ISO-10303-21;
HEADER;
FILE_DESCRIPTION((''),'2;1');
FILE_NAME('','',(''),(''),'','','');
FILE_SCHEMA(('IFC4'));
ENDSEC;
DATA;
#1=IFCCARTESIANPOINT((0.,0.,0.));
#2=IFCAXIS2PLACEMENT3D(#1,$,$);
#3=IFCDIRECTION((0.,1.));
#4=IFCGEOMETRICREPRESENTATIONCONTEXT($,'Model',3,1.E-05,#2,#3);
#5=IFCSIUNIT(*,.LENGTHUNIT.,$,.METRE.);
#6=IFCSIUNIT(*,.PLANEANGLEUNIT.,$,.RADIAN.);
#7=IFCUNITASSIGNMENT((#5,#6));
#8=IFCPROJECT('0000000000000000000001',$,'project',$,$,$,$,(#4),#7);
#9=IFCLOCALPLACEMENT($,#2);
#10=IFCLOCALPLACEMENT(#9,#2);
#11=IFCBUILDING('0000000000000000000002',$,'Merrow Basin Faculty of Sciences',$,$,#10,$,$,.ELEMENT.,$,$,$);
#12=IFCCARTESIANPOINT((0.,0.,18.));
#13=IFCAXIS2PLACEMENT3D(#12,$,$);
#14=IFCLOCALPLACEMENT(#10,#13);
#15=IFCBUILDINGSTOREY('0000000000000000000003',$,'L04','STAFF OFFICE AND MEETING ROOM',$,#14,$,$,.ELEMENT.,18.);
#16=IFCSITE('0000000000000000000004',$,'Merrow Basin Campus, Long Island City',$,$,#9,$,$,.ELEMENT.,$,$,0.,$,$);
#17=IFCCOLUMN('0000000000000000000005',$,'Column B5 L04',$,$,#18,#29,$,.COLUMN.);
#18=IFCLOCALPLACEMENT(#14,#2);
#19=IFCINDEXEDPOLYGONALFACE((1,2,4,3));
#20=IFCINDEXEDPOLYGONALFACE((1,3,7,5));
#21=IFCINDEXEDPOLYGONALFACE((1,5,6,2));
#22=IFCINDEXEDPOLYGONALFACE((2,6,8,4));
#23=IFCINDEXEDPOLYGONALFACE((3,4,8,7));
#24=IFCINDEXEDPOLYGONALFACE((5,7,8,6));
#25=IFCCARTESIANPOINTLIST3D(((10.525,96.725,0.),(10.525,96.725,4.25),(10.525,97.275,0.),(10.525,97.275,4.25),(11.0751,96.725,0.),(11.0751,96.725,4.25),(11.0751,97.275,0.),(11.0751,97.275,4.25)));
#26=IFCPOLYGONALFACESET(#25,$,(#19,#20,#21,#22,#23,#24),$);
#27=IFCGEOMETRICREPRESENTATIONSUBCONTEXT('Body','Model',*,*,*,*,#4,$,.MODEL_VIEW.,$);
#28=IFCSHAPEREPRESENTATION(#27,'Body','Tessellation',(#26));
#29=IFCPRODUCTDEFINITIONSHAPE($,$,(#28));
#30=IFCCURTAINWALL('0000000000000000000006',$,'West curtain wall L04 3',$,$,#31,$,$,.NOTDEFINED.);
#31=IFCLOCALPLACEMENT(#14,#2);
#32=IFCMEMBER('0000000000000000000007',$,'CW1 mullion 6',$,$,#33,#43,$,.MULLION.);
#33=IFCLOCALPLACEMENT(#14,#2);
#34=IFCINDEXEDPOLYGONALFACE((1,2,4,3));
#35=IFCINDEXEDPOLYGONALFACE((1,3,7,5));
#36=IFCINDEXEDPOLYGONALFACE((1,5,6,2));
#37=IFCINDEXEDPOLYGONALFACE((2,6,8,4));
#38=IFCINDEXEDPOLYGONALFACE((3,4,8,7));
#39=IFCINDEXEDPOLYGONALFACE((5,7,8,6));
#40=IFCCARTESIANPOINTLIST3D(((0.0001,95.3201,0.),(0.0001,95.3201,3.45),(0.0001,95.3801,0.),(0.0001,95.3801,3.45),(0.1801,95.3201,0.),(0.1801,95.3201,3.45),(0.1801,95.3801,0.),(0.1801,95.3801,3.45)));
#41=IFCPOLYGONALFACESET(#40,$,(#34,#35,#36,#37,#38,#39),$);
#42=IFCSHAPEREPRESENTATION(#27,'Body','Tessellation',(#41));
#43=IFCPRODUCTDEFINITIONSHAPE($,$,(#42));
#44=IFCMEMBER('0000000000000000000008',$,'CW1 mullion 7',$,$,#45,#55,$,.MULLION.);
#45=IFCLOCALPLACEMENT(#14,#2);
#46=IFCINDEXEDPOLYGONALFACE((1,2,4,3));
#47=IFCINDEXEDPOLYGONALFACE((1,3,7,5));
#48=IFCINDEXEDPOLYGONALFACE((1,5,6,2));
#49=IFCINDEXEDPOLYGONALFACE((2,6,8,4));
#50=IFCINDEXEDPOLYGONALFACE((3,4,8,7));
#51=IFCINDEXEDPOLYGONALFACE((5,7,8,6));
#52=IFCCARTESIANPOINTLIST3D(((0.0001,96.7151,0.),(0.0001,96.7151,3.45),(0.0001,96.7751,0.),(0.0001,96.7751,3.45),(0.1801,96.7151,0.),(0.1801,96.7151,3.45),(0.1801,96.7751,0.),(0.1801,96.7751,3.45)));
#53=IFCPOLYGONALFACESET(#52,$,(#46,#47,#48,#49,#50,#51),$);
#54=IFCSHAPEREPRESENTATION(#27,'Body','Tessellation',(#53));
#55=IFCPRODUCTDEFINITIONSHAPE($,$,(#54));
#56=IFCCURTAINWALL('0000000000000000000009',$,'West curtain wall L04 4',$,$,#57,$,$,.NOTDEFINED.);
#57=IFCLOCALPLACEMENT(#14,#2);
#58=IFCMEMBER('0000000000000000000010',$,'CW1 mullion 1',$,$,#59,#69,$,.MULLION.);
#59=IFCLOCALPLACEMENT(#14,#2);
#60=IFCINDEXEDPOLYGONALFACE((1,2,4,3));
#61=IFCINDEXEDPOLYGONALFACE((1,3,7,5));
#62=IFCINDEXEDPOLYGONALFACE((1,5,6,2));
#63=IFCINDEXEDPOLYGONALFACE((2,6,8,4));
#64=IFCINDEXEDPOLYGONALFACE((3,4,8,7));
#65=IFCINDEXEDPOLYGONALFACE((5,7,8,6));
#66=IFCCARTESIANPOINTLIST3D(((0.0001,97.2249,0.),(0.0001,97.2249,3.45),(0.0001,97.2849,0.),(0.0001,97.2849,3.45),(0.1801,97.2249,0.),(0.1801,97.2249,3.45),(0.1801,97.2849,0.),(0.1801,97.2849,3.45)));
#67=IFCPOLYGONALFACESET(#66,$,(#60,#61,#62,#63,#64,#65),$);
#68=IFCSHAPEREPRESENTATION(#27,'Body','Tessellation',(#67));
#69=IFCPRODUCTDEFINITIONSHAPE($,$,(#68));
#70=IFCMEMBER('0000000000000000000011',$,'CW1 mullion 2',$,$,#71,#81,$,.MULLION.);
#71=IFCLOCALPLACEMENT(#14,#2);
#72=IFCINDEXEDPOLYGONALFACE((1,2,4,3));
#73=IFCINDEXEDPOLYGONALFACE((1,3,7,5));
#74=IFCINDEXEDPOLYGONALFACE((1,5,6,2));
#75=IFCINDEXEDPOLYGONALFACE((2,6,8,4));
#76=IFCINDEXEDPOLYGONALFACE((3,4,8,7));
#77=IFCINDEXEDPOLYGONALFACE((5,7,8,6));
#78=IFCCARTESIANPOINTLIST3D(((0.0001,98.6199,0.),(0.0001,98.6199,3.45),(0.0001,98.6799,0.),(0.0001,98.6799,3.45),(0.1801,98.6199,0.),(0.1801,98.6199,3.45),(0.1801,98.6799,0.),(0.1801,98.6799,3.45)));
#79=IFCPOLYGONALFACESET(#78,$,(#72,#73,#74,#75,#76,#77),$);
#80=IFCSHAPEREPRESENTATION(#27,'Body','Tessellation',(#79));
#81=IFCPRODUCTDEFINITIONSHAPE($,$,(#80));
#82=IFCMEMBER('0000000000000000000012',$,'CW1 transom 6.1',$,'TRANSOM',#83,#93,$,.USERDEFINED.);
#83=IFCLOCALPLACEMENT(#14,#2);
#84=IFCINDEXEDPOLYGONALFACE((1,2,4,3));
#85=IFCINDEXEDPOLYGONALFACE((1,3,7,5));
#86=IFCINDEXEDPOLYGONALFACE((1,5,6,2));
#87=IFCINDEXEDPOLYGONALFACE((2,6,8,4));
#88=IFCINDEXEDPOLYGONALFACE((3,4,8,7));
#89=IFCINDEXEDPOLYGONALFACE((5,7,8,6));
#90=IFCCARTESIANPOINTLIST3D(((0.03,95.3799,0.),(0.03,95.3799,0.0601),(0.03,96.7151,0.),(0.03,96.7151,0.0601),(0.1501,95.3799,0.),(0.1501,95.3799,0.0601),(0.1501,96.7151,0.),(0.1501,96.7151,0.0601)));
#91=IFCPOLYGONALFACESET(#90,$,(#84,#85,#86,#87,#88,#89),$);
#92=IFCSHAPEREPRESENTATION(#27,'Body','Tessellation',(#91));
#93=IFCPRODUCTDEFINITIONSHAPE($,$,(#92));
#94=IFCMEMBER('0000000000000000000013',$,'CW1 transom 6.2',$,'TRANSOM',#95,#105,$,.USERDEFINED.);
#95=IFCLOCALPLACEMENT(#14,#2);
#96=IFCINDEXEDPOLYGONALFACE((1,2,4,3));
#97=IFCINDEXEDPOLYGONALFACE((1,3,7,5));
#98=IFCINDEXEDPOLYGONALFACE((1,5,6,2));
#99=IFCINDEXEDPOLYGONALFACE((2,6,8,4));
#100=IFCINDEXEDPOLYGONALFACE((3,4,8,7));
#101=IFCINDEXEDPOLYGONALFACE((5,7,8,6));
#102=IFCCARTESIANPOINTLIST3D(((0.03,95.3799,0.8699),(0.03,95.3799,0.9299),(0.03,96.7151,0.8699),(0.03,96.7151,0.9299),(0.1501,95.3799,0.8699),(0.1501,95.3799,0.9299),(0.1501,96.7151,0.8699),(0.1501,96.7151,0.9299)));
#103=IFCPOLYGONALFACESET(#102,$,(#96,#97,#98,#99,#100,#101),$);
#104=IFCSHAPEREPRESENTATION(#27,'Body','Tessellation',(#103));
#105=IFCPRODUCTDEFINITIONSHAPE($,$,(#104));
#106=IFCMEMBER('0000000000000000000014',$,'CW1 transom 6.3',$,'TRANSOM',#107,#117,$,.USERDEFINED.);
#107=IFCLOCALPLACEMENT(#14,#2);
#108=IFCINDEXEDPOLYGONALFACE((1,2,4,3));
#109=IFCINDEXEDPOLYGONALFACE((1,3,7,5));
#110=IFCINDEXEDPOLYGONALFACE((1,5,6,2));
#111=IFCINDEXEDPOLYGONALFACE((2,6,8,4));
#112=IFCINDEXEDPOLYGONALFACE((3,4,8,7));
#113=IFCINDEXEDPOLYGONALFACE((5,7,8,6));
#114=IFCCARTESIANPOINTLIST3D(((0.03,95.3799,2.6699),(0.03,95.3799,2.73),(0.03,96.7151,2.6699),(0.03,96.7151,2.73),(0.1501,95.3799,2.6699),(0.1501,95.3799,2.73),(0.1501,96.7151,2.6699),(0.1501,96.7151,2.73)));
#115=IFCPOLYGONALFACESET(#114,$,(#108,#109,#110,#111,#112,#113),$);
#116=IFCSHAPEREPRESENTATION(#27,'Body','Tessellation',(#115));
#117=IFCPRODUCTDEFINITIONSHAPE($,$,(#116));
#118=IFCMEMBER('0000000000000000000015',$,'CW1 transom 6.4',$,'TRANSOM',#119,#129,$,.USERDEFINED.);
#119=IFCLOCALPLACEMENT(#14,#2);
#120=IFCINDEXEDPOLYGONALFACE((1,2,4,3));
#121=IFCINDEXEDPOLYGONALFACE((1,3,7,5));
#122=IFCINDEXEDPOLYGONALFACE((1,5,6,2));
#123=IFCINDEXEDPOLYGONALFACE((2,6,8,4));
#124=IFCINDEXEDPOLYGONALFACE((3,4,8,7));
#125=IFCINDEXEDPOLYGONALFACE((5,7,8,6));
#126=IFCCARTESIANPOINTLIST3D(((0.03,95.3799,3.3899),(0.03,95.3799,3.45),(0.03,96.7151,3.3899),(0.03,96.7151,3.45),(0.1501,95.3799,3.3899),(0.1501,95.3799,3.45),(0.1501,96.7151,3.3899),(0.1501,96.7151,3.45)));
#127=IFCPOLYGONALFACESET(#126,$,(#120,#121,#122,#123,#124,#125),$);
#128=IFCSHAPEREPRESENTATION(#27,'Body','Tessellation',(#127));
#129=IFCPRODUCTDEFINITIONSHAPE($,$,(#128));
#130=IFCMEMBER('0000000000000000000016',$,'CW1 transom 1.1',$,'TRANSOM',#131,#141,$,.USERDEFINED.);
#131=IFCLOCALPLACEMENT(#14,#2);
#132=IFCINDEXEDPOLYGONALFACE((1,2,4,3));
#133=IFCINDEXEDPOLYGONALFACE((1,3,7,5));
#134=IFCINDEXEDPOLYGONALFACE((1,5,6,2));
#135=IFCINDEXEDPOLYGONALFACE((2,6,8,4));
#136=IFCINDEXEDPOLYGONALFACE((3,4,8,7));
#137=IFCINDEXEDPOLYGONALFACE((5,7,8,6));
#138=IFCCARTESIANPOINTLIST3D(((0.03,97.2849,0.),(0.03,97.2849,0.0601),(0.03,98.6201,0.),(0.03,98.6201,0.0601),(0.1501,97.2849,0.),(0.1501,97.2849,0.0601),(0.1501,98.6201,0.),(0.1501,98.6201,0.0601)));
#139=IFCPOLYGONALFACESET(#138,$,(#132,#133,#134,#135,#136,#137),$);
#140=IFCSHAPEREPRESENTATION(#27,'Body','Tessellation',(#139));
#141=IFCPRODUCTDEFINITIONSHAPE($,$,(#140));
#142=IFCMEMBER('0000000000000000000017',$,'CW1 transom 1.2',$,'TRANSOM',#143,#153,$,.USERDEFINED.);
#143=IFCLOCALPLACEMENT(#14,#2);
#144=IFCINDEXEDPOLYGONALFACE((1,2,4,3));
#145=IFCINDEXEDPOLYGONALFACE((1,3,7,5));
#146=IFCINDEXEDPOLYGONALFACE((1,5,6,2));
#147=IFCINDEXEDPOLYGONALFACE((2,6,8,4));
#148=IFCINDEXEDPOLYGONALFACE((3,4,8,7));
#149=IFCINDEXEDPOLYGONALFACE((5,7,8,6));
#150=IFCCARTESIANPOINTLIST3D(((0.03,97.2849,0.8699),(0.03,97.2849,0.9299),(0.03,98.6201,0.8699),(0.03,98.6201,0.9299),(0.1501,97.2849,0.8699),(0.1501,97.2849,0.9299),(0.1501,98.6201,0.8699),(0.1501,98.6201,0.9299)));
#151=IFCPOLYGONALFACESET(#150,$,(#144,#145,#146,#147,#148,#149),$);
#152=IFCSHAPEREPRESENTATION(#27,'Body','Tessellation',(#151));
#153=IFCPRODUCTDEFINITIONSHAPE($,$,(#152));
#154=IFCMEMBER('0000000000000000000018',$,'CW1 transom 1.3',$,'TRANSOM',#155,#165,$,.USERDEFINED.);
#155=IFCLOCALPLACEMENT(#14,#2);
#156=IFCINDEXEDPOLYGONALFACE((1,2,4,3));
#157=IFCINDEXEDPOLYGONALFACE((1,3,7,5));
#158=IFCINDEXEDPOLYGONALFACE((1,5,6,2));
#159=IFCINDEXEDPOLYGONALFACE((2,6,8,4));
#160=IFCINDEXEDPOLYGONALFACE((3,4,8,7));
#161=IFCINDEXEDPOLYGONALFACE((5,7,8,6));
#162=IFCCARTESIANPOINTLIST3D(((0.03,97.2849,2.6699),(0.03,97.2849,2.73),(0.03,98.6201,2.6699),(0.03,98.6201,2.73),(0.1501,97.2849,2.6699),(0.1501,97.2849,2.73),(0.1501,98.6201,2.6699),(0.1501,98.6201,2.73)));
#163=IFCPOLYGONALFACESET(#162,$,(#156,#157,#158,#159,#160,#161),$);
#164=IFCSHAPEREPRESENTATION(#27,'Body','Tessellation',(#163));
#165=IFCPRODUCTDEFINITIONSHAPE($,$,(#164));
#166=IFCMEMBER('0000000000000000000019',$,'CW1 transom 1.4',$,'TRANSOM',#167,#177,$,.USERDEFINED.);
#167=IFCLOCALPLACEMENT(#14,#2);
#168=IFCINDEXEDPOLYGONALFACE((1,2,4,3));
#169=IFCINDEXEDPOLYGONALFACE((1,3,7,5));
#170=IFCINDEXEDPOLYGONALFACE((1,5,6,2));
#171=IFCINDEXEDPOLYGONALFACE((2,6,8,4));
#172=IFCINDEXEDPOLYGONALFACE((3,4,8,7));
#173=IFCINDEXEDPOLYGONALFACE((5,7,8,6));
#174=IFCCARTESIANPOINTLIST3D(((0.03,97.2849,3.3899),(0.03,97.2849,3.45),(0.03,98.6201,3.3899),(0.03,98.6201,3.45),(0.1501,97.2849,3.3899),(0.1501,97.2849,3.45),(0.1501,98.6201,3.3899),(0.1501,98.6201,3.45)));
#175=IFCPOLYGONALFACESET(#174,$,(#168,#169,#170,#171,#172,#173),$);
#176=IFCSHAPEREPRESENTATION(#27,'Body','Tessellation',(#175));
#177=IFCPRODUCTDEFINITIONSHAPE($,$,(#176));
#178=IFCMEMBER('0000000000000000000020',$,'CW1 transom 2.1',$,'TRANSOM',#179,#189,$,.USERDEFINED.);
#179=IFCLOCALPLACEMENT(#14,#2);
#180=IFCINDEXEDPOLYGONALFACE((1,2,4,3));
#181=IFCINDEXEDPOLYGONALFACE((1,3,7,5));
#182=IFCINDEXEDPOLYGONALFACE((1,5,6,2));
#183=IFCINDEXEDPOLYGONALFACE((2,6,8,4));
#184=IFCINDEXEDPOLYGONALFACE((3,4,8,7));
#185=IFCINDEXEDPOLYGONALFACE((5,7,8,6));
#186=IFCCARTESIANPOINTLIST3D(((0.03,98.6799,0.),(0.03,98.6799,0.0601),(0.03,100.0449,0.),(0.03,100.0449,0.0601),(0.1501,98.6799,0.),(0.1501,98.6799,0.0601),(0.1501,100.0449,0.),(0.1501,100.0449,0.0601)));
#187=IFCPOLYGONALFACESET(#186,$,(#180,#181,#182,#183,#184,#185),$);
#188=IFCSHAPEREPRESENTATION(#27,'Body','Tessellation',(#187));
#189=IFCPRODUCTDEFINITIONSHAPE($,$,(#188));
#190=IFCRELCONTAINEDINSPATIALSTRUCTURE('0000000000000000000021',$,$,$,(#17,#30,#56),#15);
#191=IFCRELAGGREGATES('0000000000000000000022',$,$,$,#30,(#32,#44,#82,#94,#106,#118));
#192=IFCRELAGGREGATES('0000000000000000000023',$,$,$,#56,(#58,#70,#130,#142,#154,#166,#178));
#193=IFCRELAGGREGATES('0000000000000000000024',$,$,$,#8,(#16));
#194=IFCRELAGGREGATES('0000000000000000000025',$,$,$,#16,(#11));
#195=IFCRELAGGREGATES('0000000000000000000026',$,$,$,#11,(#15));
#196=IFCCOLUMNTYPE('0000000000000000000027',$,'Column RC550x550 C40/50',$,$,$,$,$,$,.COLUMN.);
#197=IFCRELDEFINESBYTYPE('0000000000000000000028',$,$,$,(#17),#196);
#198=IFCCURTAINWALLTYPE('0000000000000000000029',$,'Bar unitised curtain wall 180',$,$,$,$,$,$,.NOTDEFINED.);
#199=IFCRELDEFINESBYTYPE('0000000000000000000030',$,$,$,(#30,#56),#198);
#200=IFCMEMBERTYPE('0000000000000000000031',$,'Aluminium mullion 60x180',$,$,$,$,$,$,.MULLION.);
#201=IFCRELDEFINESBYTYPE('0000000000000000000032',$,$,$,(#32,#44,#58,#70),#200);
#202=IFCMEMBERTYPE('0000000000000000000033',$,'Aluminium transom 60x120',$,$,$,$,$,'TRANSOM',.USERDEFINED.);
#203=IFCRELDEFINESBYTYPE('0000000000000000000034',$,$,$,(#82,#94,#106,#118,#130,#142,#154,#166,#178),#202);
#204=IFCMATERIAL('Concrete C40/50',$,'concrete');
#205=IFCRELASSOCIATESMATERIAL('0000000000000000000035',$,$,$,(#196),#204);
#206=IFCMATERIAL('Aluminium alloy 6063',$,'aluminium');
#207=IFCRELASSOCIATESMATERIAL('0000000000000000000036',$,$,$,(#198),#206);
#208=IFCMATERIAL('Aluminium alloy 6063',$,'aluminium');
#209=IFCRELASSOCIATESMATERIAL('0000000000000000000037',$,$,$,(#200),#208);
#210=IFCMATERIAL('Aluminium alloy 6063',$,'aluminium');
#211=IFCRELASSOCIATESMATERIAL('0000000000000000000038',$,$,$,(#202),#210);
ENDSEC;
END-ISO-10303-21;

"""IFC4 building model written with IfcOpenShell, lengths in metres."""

from ifc_helpers import new_model, si_unit, direction, frame, origin, origin_2d, place, context, subcontext, project, spatial, rectangle, extrude, material, material_profile, profile_set, type_object, element, aggregate, save


model = new_model("IFC4")

# Units and contexts
model_context = context("Model", 3, precision=1e-05, world=origin(), true_north=direction((0.0, 1.0)))
body_context = subcontext(model_context, "Body", "Model", "MODEL_VIEW")
ifc_project = project(units=[si_unit("LENGTHUNIT", "METRE"), si_unit("PLANEANGLEUNIT", "RADIAN")], contexts=[model_context])

# Site, building, storey
site_placement = place(None, origin())
site = spatial("IfcSite", under=ifc_project, at=site_placement, Name="Merrow Basin Campus, Long Island City", CompositionType="ELEMENT", RefElevation=0.0)
building_placement = place(site_placement, origin())
building = spatial("IfcBuilding", under=site, at=building_placement, Name="Merrow Basin Faculty of Sciences", CompositionType="ELEMENT")
storey_placement = place(building_placement, frame((0.0, 0.0, 18.0)))
storey = spatial("IfcBuildingStorey", under=building, at=storey_placement, Name="L04", Description="STAFF OFFICE AND MEETING ROOM", CompositionType="ELEMENT", Elevation=18.0)

# Column
ifc_material_1 = material(Name="Concrete C40/50", Category="concrete")
ifc_material_profile_1 = material_profile(ifc_material_1, rectangle(XDim=0.55, YDim=0.55, at=origin_2d()))
ifc_profile_set_1 = profile_set([ifc_material_profile_1], Name="Concrete C40/50")
column_type = type_object("IfcColumnType", Name="Column RC550x550 C40/50", PredefinedType="COLUMN", material=ifc_profile_set_1)
column_placement = place(storey_placement, frame((10.8, 97.0, 0.0), z_axis=(0.0, 0.0, 1.0), x_axis=(1.0, 0.0, 0.0)))
element("IfcColumn", 1, at=column_placement, inside=storey, type_object=column_type, Name="Column B5 L04", PredefinedType="COLUMN", context=body_context, shape_type="SweptSolid", body=[
    extrude(rectangle(XDim=0.55, YDim=0.55, at=origin_2d()), origin(), (0.0, 0.0, 1.0), 4.25),
])

# Curtain walls, members
ifc_material_2 = material(Name="Aluminium alloy 6063", Category="aluminium")
curtain_wall_type = type_object("IfcCurtainWallType", Name="Bar unitised curtain wall 180", PredefinedType="NOTDEFINED", material=ifc_material_2)
curtain_wall_1_placement = place(storey_placement, origin())
curtain_wall_1 = element("IfcCurtainWall", 2, at=curtain_wall_1_placement, inside=storey, type_object=curtain_wall_type, Name="West curtain wall L04 3", PredefinedType="NOTDEFINED")
ifc_material_3 = material(Name="Aluminium alloy 6063", Category="aluminium")
ifc_material_profile_2 = material_profile(ifc_material_3, rectangle(XDim=0.1799, YDim=0.0601, at=origin_2d()))
ifc_profile_set_2 = profile_set([ifc_material_profile_2], Name="Aluminium alloy 6063")
member_type_1 = type_object("IfcMemberType", Name="Aluminium mullion 60x180", PredefinedType="MULLION", material=ifc_profile_set_2)
member_1_placement = place(storey_placement, frame((0.0901, 95.3501, 0.0), z_axis=(0.0, 0.0, 1.0), x_axis=(-1.0, 0.0, 0.0)))
member_1 = element("IfcMember", 3, at=member_1_placement, type_object=member_type_1, Name="CW1 mullion 6", PredefinedType="MULLION", context=body_context, shape_type="SweptSolid", body=[
    extrude(rectangle(XDim=0.1799, YDim=0.0601, at=origin_2d()), origin(), (0.0, 0.0, 1.0), 3.45),
])
member_2_placement = place(storey_placement, frame((0.0901, 96.7451, 0.0), z_axis=(0.0, 0.0, 1.0), x_axis=(-1.0, 0.0, 0.0)))
member_2 = element("IfcMember", 4, at=member_2_placement, type_object=member_type_1, Name="CW1 mullion 7", PredefinedType="MULLION", context=body_context, shape_type="SweptSolid", body=[
    extrude(rectangle(XDim=0.1799, YDim=0.0601, at=origin_2d()), origin(), (0.0, 0.0, 1.0), 3.45),
])
curtain_wall_2_placement = place(storey_placement, origin())
curtain_wall_2 = element("IfcCurtainWall", 5, at=curtain_wall_2_placement, inside=storey, type_object=curtain_wall_type, Name="West curtain wall L04 4", PredefinedType="NOTDEFINED")
member_3_placement = place(storey_placement, frame((0.0901, 97.2549, 0.0), z_axis=(0.0, 0.0, 1.0), x_axis=(-1.0, 0.0, 0.0)))
member_3 = element("IfcMember", 6, at=member_3_placement, type_object=member_type_1, Name="CW1 mullion 1", PredefinedType="MULLION", context=body_context, shape_type="SweptSolid", body=[
    extrude(rectangle(XDim=0.1799, YDim=0.0601, at=origin_2d()), origin(), (0.0, 0.0, 1.0), 3.45),
])
member_4_placement = place(storey_placement, frame((0.0901, 98.6499, 0.0), z_axis=(0.0, 0.0, 1.0), x_axis=(-1.0, 0.0, 0.0)))
member_4 = element("IfcMember", 7, at=member_4_placement, type_object=member_type_1, Name="CW1 mullion 2", PredefinedType="MULLION", context=body_context, shape_type="SweptSolid", body=[
    extrude(rectangle(XDim=0.1799, YDim=0.0601, at=origin_2d()), origin(), (0.0, 0.0, 1.0), 3.45),
])

# Members
ifc_material_4 = material(Name="Aluminium alloy 6063", Category="aluminium")
ifc_material_profile_3 = material_profile(ifc_material_4, rectangle(XDim=0.1201, YDim=0.0601, at=origin_2d()))
ifc_profile_set_3 = profile_set([ifc_material_profile_3], Name="Aluminium alloy 6063")
member_type_2 = type_object("IfcMemberType", Name="Aluminium transom 60x120", ElementType="TRANSOM", PredefinedType="USERDEFINED", material=ifc_profile_set_3)
member_5_placement = place(storey_placement, frame((0.0901, 95.3799, 0.03), z_axis=(0.0, 1.0, 0.0), x_axis=(-1.0, 0.0, 0.0)))
member_5 = element("IfcMember", 8, at=member_5_placement, type_object=member_type_2, Name="CW1 transom 6.1", ObjectType="TRANSOM", PredefinedType="USERDEFINED", context=body_context, shape_type="SweptSolid", body=[
    extrude(rectangle(XDim=0.1201, YDim=0.0601, at=origin_2d()), origin(), (0.0, 0.0, 1.0), 1.3352),
])
member_6_placement = place(storey_placement, frame((0.0901, 95.3799, 0.8999), z_axis=(0.0, 1.0, 0.0), x_axis=(-1.0, 0.0, 0.0)))
member_6 = element("IfcMember", 9, at=member_6_placement, type_object=member_type_2, Name="CW1 transom 6.2", ObjectType="TRANSOM", PredefinedType="USERDEFINED", context=body_context, shape_type="SweptSolid", body=[
    extrude(rectangle(XDim=0.1201, YDim=0.0601, at=origin_2d()), origin(), (0.0, 0.0, 1.0), 1.3352),
])
member_7_placement = place(storey_placement, frame((0.0901, 95.3799, 2.7), z_axis=(0.0, 1.0, 0.0), x_axis=(-1.0, 0.0, 0.0)))
member_7 = element("IfcMember", 10, at=member_7_placement, type_object=member_type_2, Name="CW1 transom 6.3", ObjectType="TRANSOM", PredefinedType="USERDEFINED", context=body_context, shape_type="SweptSolid", body=[
    extrude(rectangle(XDim=0.1201, YDim=0.0601, at=origin_2d()), origin(), (0.0, 0.0, 1.0), 1.3352),
])
member_8_placement = place(storey_placement, frame((0.0901, 95.3799, 3.4199), z_axis=(0.0, 1.0, 0.0), x_axis=(-1.0, 0.0, 0.0)))
member_8 = element("IfcMember", 11, at=member_8_placement, type_object=member_type_2, Name="CW1 transom 6.4", ObjectType="TRANSOM", PredefinedType="USERDEFINED", context=body_context, shape_type="SweptSolid", body=[
    extrude(rectangle(XDim=0.1201, YDim=0.0601, at=origin_2d()), origin(), (0.0, 0.0, 1.0), 1.3352),
])
member_9_placement = place(storey_placement, frame((0.0901, 97.2849, 0.03), z_axis=(0.0, 1.0, 0.0), x_axis=(-1.0, 0.0, 0.0)))
member_9 = element("IfcMember", 12, at=member_9_placement, type_object=member_type_2, Name="CW1 transom 1.1", ObjectType="TRANSOM", PredefinedType="USERDEFINED", context=body_context, shape_type="SweptSolid", body=[
    extrude(rectangle(XDim=0.1201, YDim=0.0601, at=origin_2d()), origin(), (0.0, 0.0, 1.0), 1.3352),
])
member_10_placement = place(storey_placement, frame((0.0901, 97.2849, 0.8999), z_axis=(0.0, 1.0, 0.0), x_axis=(-1.0, 0.0, 0.0)))
member_10 = element("IfcMember", 13, at=member_10_placement, type_object=member_type_2, Name="CW1 transom 1.2", ObjectType="TRANSOM", PredefinedType="USERDEFINED", context=body_context, shape_type="SweptSolid", body=[
    extrude(rectangle(XDim=0.1201, YDim=0.0601, at=origin_2d()), origin(), (0.0, 0.0, 1.0), 1.3352),
])
member_11_placement = place(storey_placement, frame((0.0901, 97.2849, 2.7), z_axis=(0.0, 1.0, 0.0), x_axis=(-1.0, 0.0, 0.0)))
member_11 = element("IfcMember", 14, at=member_11_placement, type_object=member_type_2, Name="CW1 transom 1.3", ObjectType="TRANSOM", PredefinedType="USERDEFINED", context=body_context, shape_type="SweptSolid", body=[
    extrude(rectangle(XDim=0.1201, YDim=0.0601, at=origin_2d()), origin(), (0.0, 0.0, 1.0), 1.3352),
])
member_12_placement = place(storey_placement, frame((0.0901, 97.2849, 3.4199), z_axis=(0.0, 1.0, 0.0), x_axis=(-1.0, 0.0, 0.0)))
member_12 = element("IfcMember", 15, at=member_12_placement, type_object=member_type_2, Name="CW1 transom 1.4", ObjectType="TRANSOM", PredefinedType="USERDEFINED", context=body_context, shape_type="SweptSolid", body=[
    extrude(rectangle(XDim=0.1201, YDim=0.0601, at=origin_2d()), origin(), (0.0, 0.0, 1.0), 1.3352),
])
member_13_placement = place(storey_placement, frame((0.0901, 98.6799, 0.03), z_axis=(0.0, 1.0, 0.0), x_axis=(-1.0, 0.0, 0.0)))
member_13 = element("IfcMember", 16, at=member_13_placement, type_object=member_type_2, Name="CW1 transom 2.1", ObjectType="TRANSOM", PredefinedType="USERDEFINED", context=body_context, shape_type="SweptSolid", body=[
    extrude(rectangle(XDim=0.1201, YDim=0.0601, at=origin_2d()), origin(), (0.0, 0.0, 1.0), 1.365),
])

aggregate(curtain_wall_1, [member_1, member_2, member_5, member_6, member_7, member_8])
aggregate(curtain_wall_2, [member_3, member_4, member_9, member_10, member_11, member_12, member_13])

save(model, "model.ifc")
